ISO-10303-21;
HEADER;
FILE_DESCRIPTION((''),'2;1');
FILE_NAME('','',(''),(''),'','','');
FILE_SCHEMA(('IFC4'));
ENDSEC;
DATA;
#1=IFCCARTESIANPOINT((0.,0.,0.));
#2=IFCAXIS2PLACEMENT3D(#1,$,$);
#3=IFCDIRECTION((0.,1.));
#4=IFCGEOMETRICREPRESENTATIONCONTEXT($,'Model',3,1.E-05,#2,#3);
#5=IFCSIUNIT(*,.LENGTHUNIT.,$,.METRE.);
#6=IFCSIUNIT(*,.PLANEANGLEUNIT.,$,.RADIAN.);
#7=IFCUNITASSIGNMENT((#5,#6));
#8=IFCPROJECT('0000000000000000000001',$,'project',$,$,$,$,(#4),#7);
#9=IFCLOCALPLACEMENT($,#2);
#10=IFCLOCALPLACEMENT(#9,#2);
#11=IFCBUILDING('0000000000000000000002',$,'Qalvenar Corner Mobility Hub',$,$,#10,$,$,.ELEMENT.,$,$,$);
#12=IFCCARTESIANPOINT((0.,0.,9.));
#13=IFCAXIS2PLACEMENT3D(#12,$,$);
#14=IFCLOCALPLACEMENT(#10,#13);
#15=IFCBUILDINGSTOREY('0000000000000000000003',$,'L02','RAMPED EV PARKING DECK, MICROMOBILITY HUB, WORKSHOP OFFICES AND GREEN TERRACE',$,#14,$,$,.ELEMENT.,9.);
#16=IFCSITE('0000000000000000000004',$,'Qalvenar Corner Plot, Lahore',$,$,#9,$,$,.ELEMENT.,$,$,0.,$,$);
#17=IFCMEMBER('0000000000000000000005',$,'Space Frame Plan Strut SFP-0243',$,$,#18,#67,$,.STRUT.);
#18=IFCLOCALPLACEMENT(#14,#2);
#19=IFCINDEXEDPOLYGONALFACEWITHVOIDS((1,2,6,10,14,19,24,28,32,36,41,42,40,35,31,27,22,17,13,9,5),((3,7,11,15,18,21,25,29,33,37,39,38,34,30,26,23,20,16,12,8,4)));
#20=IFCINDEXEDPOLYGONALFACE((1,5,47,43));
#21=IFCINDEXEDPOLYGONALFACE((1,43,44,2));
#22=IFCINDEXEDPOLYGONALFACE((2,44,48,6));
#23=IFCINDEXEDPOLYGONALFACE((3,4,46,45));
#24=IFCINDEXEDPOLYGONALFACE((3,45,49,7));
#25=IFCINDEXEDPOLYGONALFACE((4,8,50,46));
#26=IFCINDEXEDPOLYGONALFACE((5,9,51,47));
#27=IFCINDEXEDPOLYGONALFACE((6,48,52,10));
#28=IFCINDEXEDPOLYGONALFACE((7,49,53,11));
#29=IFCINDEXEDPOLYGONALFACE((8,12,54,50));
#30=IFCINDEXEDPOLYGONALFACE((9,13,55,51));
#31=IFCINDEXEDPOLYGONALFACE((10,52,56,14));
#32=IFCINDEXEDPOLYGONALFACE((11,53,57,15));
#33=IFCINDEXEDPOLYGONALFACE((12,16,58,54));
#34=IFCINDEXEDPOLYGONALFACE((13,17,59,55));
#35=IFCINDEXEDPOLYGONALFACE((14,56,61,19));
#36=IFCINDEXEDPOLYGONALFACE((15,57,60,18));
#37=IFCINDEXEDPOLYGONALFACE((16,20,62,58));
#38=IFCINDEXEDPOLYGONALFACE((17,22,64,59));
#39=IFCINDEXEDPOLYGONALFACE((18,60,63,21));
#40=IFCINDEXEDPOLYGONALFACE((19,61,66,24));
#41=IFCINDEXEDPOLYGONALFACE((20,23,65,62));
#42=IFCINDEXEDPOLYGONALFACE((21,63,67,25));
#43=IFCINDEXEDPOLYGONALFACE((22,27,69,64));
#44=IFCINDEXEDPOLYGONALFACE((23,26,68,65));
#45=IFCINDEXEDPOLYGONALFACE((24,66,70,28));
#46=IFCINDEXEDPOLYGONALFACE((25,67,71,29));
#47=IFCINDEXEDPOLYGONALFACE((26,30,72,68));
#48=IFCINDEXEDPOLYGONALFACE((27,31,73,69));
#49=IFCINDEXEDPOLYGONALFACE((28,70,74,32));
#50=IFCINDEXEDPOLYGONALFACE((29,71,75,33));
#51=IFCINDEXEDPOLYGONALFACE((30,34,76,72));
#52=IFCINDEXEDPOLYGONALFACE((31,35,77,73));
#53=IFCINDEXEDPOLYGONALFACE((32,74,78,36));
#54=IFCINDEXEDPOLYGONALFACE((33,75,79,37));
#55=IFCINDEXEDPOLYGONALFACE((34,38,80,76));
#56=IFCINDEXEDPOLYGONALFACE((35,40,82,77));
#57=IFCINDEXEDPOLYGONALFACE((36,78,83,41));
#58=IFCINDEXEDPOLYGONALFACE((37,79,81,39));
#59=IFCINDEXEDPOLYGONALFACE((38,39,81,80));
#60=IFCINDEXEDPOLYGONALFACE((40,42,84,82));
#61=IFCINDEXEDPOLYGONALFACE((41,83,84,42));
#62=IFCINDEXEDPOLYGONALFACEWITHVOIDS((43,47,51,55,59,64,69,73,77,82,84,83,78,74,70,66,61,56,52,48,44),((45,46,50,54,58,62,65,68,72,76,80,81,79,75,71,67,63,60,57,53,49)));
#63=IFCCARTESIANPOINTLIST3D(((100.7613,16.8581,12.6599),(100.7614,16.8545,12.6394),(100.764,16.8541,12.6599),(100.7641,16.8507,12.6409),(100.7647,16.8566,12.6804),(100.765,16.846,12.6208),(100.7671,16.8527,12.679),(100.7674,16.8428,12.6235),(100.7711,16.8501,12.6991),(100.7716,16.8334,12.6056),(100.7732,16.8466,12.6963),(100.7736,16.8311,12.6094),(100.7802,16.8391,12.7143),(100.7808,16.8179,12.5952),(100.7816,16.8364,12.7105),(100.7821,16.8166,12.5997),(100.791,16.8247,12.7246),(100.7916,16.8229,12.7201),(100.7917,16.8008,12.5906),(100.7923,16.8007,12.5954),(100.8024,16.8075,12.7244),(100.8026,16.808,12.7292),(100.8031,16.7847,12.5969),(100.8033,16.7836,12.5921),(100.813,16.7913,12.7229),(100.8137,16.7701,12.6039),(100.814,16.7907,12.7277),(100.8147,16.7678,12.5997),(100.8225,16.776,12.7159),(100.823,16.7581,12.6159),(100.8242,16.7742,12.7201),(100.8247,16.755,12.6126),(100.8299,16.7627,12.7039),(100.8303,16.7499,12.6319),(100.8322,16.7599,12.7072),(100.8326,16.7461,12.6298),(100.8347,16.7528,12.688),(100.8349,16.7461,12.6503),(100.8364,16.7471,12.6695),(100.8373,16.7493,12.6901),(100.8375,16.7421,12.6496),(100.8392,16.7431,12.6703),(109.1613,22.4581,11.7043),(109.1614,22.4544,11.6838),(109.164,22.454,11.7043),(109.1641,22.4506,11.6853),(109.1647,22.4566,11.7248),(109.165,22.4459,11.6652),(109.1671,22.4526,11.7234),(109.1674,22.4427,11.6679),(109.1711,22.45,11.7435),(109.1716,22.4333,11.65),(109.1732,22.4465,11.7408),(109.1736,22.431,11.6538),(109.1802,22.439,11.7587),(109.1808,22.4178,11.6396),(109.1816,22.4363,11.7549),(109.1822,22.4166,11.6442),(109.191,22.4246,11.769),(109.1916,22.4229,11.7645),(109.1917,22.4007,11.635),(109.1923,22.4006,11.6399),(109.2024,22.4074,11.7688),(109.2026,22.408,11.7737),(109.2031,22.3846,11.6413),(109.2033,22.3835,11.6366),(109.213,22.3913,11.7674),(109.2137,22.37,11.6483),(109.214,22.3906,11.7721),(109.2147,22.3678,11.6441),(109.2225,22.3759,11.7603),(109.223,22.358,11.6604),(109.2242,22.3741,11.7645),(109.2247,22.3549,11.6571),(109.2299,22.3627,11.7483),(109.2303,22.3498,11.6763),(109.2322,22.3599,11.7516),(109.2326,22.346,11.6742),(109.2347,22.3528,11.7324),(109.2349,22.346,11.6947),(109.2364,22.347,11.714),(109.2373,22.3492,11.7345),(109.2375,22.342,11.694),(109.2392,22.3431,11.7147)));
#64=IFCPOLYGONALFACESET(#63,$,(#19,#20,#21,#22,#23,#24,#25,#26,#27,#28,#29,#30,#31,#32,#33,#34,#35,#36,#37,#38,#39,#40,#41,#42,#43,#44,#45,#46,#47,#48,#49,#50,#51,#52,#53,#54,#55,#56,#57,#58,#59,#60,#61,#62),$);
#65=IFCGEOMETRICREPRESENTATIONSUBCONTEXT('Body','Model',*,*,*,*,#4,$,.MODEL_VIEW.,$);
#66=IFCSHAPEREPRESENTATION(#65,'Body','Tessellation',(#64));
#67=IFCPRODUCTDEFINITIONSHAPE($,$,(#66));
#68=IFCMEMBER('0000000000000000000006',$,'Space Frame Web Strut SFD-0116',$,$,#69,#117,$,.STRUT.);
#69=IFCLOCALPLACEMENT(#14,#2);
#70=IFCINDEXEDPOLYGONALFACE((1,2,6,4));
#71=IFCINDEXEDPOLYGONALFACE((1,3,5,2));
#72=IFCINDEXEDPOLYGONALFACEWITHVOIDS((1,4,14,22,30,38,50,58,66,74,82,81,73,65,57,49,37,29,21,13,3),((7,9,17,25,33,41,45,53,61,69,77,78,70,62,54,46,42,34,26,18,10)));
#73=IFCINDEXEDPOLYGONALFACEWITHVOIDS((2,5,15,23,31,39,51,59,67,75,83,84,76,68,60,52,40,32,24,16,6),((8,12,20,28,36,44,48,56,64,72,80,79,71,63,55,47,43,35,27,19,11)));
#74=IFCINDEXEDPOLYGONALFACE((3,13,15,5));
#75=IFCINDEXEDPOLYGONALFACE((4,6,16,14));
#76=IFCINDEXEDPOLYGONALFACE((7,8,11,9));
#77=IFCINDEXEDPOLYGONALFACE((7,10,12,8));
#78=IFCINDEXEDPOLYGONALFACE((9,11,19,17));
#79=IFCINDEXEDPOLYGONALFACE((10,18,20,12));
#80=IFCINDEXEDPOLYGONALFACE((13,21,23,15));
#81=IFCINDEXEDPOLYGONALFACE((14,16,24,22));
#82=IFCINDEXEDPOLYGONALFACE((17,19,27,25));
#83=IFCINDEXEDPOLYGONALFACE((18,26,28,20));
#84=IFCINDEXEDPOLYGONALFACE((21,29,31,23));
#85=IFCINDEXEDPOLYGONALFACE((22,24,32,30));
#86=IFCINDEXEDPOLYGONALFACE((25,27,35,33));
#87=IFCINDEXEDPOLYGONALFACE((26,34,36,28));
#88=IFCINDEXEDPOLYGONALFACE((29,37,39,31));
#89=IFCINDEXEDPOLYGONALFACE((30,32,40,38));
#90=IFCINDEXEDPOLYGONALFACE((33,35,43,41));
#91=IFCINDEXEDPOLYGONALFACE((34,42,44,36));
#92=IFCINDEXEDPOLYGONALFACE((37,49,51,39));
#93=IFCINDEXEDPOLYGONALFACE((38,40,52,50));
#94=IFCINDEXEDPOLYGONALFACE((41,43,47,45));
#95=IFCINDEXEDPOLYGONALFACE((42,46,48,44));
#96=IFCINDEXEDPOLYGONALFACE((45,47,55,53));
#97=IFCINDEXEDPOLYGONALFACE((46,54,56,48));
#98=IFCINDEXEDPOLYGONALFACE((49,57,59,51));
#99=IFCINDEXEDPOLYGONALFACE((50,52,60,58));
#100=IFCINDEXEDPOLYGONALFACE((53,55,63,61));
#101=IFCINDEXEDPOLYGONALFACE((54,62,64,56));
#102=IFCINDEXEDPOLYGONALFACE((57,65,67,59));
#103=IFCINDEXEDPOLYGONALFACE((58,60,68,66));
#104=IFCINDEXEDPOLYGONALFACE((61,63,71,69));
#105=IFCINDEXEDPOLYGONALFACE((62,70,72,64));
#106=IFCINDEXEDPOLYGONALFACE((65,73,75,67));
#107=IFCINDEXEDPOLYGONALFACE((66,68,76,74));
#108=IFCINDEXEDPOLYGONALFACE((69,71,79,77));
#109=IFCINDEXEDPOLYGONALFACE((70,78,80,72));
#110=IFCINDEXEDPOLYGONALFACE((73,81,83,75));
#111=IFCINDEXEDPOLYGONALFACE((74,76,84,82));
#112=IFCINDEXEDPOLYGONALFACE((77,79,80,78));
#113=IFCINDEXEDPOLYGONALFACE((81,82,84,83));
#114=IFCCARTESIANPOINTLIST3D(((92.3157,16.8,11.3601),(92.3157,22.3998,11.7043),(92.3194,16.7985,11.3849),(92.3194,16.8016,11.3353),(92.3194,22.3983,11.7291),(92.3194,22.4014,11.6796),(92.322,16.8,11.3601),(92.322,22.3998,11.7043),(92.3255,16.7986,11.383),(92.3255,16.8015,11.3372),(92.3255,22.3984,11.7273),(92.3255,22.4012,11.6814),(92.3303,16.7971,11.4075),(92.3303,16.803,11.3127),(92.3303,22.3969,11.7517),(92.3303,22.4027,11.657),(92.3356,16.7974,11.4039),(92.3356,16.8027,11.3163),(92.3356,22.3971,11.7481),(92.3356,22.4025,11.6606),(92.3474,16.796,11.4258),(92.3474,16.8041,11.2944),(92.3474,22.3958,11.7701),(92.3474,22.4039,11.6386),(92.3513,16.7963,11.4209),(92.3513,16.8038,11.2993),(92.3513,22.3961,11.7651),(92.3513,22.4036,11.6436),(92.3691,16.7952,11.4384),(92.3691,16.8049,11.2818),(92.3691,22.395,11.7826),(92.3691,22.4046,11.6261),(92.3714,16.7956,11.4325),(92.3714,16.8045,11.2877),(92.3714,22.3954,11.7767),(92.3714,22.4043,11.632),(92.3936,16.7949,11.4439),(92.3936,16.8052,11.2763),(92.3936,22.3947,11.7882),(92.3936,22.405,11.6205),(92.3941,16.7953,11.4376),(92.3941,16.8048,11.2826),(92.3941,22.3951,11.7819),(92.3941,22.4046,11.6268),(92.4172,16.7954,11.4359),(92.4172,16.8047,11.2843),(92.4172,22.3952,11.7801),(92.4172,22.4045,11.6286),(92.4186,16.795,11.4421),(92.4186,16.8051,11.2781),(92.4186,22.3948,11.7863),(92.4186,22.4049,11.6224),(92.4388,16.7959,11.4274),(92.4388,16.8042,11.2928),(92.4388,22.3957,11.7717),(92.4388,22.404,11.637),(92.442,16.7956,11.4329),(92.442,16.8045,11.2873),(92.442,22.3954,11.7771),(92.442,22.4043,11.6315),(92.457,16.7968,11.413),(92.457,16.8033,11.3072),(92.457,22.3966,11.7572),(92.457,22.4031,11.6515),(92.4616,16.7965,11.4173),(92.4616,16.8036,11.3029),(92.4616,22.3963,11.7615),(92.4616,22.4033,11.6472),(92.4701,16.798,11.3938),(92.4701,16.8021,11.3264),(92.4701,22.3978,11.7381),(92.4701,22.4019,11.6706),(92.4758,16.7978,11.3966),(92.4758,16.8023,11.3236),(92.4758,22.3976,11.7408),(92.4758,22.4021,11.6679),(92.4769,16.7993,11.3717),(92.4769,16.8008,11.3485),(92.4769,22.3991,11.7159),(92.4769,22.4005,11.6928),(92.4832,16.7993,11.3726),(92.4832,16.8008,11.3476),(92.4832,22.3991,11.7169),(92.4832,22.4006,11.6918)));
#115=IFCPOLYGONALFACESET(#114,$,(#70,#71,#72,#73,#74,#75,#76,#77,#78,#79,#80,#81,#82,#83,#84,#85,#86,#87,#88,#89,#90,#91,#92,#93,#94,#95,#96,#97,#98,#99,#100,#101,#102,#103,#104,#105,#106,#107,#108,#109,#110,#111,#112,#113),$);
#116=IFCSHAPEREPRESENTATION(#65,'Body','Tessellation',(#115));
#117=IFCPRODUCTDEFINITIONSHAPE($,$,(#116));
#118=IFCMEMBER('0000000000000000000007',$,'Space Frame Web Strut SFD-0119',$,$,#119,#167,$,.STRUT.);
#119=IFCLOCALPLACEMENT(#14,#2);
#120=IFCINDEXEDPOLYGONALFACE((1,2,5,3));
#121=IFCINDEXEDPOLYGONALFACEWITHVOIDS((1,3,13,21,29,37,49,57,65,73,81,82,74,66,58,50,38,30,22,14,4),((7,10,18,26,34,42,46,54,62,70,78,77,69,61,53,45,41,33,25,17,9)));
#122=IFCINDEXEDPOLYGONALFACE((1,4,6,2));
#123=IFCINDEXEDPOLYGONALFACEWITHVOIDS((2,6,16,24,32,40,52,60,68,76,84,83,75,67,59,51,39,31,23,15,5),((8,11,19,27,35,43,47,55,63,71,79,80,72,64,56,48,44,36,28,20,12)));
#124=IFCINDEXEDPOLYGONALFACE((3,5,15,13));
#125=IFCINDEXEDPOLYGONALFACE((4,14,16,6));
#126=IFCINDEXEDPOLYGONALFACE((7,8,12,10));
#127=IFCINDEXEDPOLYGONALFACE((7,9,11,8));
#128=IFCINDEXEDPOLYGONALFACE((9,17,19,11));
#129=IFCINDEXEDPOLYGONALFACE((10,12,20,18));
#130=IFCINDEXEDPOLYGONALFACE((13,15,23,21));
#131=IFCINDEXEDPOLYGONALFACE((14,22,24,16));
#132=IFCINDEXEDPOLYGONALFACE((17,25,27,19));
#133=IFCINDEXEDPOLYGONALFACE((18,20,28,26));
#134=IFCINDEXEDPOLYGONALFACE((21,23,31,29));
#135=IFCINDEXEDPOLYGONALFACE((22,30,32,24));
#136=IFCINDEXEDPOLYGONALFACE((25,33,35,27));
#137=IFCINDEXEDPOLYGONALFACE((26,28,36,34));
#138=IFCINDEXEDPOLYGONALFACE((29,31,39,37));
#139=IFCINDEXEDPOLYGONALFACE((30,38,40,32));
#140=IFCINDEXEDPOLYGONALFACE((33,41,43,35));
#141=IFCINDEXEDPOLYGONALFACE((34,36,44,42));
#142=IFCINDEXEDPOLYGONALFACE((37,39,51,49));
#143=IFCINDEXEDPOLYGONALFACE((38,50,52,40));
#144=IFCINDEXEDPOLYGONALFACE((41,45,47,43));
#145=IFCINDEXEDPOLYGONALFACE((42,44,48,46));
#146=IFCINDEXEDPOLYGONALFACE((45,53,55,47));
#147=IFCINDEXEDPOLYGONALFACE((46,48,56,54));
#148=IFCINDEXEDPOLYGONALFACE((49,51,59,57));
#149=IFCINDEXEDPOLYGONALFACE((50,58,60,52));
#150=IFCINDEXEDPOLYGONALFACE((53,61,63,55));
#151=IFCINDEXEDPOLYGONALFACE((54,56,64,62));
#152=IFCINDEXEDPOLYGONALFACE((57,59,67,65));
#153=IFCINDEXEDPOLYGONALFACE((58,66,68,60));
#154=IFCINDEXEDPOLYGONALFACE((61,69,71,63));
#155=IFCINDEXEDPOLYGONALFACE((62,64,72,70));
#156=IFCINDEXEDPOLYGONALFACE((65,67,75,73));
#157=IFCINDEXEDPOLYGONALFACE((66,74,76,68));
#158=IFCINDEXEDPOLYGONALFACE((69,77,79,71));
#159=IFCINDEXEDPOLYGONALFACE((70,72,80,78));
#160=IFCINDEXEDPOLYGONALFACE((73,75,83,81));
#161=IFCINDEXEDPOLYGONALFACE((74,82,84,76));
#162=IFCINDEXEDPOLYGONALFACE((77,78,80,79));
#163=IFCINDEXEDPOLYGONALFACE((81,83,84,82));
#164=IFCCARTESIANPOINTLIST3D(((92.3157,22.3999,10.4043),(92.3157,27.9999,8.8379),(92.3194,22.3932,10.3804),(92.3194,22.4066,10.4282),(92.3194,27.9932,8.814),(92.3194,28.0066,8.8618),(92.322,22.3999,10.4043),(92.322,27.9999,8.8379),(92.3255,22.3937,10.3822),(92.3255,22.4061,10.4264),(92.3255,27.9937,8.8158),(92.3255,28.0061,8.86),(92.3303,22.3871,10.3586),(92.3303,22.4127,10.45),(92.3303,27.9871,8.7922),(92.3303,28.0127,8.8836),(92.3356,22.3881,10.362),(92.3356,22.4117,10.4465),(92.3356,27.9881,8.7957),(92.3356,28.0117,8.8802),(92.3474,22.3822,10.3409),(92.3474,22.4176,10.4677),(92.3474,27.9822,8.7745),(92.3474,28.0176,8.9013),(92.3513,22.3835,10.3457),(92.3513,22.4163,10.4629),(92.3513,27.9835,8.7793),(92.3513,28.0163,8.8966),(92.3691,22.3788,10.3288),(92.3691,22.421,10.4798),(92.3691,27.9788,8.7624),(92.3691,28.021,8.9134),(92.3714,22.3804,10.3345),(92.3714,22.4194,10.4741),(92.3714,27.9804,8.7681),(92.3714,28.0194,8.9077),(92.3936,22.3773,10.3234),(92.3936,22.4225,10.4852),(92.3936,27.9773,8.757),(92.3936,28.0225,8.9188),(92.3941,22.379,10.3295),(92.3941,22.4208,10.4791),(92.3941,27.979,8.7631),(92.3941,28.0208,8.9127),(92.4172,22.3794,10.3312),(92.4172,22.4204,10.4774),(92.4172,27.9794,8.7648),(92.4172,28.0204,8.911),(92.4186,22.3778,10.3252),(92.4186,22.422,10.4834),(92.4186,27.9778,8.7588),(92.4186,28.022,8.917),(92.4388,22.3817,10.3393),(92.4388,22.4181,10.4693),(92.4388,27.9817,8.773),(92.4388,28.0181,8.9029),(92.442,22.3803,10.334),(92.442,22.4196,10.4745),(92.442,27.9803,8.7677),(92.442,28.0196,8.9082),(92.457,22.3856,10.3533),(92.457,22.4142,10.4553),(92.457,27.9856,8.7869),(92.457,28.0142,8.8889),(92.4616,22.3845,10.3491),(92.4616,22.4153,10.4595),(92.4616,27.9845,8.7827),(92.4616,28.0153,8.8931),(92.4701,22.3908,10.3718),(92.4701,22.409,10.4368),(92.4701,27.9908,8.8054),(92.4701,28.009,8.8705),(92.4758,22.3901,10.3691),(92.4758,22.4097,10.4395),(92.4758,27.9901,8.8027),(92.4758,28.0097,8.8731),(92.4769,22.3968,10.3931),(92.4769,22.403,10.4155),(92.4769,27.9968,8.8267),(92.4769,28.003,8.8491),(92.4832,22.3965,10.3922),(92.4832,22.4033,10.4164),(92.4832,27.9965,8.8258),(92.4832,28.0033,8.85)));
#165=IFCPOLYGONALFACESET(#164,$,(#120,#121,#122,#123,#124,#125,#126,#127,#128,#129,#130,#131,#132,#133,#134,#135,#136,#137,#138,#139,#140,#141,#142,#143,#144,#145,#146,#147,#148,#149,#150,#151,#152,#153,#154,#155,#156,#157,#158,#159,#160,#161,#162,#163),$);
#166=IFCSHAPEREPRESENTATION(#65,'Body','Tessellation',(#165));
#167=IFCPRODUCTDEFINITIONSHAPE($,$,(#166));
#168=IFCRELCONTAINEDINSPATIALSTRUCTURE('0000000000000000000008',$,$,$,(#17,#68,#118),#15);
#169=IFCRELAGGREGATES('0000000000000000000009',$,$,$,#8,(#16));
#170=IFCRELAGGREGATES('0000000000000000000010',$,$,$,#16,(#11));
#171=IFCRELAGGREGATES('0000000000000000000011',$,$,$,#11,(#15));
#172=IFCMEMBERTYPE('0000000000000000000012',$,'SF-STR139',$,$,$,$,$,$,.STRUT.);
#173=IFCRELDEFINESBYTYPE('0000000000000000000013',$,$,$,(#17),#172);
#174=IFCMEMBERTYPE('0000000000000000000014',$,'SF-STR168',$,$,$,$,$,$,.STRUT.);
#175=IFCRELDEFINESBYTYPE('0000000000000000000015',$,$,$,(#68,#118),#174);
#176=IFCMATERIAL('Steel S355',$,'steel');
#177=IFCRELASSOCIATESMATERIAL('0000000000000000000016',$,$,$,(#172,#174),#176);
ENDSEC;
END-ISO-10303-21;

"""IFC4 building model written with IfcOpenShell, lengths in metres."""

from ifc_helpers import new_model, si_unit, direction, frame, origin, origin_2d, place, context, subcontext, project, spatial, hollow_circle, extrude, material, material_profile, profile_set, type_object, element, save


model = new_model("IFC4")

# Units and contexts
model_context = context("Model", 3, precision=1e-05, world=origin(), true_north=direction((0.0, 1.0)))
body_context = subcontext(model_context, "Body", "Model", "MODEL_VIEW")
ifc_project = project(units=[si_unit("LENGTHUNIT", "METRE"), si_unit("PLANEANGLEUNIT", "RADIAN")], contexts=[model_context])

# Site, building, storey
site_placement = place(None, origin())
site = spatial("IfcSite", under=ifc_project, at=site_placement, Name="Qalvenar Corner Plot, Lahore", CompositionType="ELEMENT", RefElevation=0.0)
building_placement = place(site_placement, origin())
building = spatial("IfcBuilding", under=site, at=building_placement, Name="Qalvenar Corner Mobility Hub", CompositionType="ELEMENT")
storey_placement = place(building_placement, frame((0.0, 0.0, 9.0)))
storey = spatial("IfcBuildingStorey", under=building, at=storey_placement, Name="L02", Description="RAMPED EV PARKING DECK, MICROMOBILITY HUB, WORKSHOP OFFICES AND GREEN TERRACE", CompositionType="ELEMENT", Elevation=9.0)

# Members
ifc_material_1 = material(Name="Steel S355", Category="steel")
ifc_material_profile_1 = material_profile(ifc_material_1, hollow_circle(Radius=0.0698, WallThickness=0.0049, at=origin_2d()), Name="CHS139.7x5")
ifc_profile_set_1 = profile_set([ifc_material_profile_1], Name="Steel S355")
member_type_1 = type_object("IfcMemberType", Name="SF-STR139", PredefinedType="STRUT", material=ifc_profile_set_1)
member_1_placement = place(storey_placement, frame((100.8, 16.8, 12.6599), z_axis=(0.828352, 0.552226, -0.094233), x_axis=(-0.554695, 0.832054, 0.0)))
element("IfcMember", 1, at=member_1_placement, inside=storey, type_object=member_type_1, Name="Space Frame Plan Strut SFP-0243", PredefinedType="STRUT", context=body_context, shape_type="SweptSolid", body=[
    extrude(hollow_circle(Radius=0.0698, WallThickness=0.0049, at=origin_2d()), origin(), (0.0, 0.0, 1.0), 10.1406),
])
ifc_material_profile_2 = material_profile(ifc_material_1, hollow_circle(Radius=0.0842, WallThickness=0.0063, at=origin_2d()), Name="CHS168.3x6.3")
ifc_profile_set_2 = profile_set([ifc_material_profile_2], Name="Steel S355")
member_type_2 = type_object("IfcMemberType", Name="SF-STR168", PredefinedType="STRUT", material=ifc_profile_set_2)
member_2_placement = place(storey_placement, frame((92.3999, 16.8, 11.3601), z_axis=(0.0, 0.998116, 0.061357), x_axis=(-1.0, 0.0, 0.0)))
element("IfcMember", 2, at=member_2_placement, inside=storey, type_object=member_type_2, Name="Space Frame Web Strut SFD-0116", PredefinedType="STRUT", context=body_context, shape_type="SweptSolid", body=[
    extrude(hollow_circle(Radius=0.0842, WallThickness=0.0063, at=origin_2d()), origin(), (0.0, 0.0, 1.0), 5.6104),
])
member_3_placement = place(storey_placement, frame((92.3999, 22.3999, 10.4043), z_axis=(0.0, 0.963036, -0.269371), x_axis=(-1.0, 0.0, 0.0)))
element("IfcMember", 3, at=member_3_placement, inside=storey, type_object=member_type_2, Name="Space Frame Web Strut SFD-0119", PredefinedType="STRUT", context=body_context, shape_type="SweptSolid", body=[
    extrude(hollow_circle(Radius=0.0842, WallThickness=0.0063, at=origin_2d()), origin(), (0.0, 0.0, 1.0), 5.8149),
])

save(model, "model.ifc")
